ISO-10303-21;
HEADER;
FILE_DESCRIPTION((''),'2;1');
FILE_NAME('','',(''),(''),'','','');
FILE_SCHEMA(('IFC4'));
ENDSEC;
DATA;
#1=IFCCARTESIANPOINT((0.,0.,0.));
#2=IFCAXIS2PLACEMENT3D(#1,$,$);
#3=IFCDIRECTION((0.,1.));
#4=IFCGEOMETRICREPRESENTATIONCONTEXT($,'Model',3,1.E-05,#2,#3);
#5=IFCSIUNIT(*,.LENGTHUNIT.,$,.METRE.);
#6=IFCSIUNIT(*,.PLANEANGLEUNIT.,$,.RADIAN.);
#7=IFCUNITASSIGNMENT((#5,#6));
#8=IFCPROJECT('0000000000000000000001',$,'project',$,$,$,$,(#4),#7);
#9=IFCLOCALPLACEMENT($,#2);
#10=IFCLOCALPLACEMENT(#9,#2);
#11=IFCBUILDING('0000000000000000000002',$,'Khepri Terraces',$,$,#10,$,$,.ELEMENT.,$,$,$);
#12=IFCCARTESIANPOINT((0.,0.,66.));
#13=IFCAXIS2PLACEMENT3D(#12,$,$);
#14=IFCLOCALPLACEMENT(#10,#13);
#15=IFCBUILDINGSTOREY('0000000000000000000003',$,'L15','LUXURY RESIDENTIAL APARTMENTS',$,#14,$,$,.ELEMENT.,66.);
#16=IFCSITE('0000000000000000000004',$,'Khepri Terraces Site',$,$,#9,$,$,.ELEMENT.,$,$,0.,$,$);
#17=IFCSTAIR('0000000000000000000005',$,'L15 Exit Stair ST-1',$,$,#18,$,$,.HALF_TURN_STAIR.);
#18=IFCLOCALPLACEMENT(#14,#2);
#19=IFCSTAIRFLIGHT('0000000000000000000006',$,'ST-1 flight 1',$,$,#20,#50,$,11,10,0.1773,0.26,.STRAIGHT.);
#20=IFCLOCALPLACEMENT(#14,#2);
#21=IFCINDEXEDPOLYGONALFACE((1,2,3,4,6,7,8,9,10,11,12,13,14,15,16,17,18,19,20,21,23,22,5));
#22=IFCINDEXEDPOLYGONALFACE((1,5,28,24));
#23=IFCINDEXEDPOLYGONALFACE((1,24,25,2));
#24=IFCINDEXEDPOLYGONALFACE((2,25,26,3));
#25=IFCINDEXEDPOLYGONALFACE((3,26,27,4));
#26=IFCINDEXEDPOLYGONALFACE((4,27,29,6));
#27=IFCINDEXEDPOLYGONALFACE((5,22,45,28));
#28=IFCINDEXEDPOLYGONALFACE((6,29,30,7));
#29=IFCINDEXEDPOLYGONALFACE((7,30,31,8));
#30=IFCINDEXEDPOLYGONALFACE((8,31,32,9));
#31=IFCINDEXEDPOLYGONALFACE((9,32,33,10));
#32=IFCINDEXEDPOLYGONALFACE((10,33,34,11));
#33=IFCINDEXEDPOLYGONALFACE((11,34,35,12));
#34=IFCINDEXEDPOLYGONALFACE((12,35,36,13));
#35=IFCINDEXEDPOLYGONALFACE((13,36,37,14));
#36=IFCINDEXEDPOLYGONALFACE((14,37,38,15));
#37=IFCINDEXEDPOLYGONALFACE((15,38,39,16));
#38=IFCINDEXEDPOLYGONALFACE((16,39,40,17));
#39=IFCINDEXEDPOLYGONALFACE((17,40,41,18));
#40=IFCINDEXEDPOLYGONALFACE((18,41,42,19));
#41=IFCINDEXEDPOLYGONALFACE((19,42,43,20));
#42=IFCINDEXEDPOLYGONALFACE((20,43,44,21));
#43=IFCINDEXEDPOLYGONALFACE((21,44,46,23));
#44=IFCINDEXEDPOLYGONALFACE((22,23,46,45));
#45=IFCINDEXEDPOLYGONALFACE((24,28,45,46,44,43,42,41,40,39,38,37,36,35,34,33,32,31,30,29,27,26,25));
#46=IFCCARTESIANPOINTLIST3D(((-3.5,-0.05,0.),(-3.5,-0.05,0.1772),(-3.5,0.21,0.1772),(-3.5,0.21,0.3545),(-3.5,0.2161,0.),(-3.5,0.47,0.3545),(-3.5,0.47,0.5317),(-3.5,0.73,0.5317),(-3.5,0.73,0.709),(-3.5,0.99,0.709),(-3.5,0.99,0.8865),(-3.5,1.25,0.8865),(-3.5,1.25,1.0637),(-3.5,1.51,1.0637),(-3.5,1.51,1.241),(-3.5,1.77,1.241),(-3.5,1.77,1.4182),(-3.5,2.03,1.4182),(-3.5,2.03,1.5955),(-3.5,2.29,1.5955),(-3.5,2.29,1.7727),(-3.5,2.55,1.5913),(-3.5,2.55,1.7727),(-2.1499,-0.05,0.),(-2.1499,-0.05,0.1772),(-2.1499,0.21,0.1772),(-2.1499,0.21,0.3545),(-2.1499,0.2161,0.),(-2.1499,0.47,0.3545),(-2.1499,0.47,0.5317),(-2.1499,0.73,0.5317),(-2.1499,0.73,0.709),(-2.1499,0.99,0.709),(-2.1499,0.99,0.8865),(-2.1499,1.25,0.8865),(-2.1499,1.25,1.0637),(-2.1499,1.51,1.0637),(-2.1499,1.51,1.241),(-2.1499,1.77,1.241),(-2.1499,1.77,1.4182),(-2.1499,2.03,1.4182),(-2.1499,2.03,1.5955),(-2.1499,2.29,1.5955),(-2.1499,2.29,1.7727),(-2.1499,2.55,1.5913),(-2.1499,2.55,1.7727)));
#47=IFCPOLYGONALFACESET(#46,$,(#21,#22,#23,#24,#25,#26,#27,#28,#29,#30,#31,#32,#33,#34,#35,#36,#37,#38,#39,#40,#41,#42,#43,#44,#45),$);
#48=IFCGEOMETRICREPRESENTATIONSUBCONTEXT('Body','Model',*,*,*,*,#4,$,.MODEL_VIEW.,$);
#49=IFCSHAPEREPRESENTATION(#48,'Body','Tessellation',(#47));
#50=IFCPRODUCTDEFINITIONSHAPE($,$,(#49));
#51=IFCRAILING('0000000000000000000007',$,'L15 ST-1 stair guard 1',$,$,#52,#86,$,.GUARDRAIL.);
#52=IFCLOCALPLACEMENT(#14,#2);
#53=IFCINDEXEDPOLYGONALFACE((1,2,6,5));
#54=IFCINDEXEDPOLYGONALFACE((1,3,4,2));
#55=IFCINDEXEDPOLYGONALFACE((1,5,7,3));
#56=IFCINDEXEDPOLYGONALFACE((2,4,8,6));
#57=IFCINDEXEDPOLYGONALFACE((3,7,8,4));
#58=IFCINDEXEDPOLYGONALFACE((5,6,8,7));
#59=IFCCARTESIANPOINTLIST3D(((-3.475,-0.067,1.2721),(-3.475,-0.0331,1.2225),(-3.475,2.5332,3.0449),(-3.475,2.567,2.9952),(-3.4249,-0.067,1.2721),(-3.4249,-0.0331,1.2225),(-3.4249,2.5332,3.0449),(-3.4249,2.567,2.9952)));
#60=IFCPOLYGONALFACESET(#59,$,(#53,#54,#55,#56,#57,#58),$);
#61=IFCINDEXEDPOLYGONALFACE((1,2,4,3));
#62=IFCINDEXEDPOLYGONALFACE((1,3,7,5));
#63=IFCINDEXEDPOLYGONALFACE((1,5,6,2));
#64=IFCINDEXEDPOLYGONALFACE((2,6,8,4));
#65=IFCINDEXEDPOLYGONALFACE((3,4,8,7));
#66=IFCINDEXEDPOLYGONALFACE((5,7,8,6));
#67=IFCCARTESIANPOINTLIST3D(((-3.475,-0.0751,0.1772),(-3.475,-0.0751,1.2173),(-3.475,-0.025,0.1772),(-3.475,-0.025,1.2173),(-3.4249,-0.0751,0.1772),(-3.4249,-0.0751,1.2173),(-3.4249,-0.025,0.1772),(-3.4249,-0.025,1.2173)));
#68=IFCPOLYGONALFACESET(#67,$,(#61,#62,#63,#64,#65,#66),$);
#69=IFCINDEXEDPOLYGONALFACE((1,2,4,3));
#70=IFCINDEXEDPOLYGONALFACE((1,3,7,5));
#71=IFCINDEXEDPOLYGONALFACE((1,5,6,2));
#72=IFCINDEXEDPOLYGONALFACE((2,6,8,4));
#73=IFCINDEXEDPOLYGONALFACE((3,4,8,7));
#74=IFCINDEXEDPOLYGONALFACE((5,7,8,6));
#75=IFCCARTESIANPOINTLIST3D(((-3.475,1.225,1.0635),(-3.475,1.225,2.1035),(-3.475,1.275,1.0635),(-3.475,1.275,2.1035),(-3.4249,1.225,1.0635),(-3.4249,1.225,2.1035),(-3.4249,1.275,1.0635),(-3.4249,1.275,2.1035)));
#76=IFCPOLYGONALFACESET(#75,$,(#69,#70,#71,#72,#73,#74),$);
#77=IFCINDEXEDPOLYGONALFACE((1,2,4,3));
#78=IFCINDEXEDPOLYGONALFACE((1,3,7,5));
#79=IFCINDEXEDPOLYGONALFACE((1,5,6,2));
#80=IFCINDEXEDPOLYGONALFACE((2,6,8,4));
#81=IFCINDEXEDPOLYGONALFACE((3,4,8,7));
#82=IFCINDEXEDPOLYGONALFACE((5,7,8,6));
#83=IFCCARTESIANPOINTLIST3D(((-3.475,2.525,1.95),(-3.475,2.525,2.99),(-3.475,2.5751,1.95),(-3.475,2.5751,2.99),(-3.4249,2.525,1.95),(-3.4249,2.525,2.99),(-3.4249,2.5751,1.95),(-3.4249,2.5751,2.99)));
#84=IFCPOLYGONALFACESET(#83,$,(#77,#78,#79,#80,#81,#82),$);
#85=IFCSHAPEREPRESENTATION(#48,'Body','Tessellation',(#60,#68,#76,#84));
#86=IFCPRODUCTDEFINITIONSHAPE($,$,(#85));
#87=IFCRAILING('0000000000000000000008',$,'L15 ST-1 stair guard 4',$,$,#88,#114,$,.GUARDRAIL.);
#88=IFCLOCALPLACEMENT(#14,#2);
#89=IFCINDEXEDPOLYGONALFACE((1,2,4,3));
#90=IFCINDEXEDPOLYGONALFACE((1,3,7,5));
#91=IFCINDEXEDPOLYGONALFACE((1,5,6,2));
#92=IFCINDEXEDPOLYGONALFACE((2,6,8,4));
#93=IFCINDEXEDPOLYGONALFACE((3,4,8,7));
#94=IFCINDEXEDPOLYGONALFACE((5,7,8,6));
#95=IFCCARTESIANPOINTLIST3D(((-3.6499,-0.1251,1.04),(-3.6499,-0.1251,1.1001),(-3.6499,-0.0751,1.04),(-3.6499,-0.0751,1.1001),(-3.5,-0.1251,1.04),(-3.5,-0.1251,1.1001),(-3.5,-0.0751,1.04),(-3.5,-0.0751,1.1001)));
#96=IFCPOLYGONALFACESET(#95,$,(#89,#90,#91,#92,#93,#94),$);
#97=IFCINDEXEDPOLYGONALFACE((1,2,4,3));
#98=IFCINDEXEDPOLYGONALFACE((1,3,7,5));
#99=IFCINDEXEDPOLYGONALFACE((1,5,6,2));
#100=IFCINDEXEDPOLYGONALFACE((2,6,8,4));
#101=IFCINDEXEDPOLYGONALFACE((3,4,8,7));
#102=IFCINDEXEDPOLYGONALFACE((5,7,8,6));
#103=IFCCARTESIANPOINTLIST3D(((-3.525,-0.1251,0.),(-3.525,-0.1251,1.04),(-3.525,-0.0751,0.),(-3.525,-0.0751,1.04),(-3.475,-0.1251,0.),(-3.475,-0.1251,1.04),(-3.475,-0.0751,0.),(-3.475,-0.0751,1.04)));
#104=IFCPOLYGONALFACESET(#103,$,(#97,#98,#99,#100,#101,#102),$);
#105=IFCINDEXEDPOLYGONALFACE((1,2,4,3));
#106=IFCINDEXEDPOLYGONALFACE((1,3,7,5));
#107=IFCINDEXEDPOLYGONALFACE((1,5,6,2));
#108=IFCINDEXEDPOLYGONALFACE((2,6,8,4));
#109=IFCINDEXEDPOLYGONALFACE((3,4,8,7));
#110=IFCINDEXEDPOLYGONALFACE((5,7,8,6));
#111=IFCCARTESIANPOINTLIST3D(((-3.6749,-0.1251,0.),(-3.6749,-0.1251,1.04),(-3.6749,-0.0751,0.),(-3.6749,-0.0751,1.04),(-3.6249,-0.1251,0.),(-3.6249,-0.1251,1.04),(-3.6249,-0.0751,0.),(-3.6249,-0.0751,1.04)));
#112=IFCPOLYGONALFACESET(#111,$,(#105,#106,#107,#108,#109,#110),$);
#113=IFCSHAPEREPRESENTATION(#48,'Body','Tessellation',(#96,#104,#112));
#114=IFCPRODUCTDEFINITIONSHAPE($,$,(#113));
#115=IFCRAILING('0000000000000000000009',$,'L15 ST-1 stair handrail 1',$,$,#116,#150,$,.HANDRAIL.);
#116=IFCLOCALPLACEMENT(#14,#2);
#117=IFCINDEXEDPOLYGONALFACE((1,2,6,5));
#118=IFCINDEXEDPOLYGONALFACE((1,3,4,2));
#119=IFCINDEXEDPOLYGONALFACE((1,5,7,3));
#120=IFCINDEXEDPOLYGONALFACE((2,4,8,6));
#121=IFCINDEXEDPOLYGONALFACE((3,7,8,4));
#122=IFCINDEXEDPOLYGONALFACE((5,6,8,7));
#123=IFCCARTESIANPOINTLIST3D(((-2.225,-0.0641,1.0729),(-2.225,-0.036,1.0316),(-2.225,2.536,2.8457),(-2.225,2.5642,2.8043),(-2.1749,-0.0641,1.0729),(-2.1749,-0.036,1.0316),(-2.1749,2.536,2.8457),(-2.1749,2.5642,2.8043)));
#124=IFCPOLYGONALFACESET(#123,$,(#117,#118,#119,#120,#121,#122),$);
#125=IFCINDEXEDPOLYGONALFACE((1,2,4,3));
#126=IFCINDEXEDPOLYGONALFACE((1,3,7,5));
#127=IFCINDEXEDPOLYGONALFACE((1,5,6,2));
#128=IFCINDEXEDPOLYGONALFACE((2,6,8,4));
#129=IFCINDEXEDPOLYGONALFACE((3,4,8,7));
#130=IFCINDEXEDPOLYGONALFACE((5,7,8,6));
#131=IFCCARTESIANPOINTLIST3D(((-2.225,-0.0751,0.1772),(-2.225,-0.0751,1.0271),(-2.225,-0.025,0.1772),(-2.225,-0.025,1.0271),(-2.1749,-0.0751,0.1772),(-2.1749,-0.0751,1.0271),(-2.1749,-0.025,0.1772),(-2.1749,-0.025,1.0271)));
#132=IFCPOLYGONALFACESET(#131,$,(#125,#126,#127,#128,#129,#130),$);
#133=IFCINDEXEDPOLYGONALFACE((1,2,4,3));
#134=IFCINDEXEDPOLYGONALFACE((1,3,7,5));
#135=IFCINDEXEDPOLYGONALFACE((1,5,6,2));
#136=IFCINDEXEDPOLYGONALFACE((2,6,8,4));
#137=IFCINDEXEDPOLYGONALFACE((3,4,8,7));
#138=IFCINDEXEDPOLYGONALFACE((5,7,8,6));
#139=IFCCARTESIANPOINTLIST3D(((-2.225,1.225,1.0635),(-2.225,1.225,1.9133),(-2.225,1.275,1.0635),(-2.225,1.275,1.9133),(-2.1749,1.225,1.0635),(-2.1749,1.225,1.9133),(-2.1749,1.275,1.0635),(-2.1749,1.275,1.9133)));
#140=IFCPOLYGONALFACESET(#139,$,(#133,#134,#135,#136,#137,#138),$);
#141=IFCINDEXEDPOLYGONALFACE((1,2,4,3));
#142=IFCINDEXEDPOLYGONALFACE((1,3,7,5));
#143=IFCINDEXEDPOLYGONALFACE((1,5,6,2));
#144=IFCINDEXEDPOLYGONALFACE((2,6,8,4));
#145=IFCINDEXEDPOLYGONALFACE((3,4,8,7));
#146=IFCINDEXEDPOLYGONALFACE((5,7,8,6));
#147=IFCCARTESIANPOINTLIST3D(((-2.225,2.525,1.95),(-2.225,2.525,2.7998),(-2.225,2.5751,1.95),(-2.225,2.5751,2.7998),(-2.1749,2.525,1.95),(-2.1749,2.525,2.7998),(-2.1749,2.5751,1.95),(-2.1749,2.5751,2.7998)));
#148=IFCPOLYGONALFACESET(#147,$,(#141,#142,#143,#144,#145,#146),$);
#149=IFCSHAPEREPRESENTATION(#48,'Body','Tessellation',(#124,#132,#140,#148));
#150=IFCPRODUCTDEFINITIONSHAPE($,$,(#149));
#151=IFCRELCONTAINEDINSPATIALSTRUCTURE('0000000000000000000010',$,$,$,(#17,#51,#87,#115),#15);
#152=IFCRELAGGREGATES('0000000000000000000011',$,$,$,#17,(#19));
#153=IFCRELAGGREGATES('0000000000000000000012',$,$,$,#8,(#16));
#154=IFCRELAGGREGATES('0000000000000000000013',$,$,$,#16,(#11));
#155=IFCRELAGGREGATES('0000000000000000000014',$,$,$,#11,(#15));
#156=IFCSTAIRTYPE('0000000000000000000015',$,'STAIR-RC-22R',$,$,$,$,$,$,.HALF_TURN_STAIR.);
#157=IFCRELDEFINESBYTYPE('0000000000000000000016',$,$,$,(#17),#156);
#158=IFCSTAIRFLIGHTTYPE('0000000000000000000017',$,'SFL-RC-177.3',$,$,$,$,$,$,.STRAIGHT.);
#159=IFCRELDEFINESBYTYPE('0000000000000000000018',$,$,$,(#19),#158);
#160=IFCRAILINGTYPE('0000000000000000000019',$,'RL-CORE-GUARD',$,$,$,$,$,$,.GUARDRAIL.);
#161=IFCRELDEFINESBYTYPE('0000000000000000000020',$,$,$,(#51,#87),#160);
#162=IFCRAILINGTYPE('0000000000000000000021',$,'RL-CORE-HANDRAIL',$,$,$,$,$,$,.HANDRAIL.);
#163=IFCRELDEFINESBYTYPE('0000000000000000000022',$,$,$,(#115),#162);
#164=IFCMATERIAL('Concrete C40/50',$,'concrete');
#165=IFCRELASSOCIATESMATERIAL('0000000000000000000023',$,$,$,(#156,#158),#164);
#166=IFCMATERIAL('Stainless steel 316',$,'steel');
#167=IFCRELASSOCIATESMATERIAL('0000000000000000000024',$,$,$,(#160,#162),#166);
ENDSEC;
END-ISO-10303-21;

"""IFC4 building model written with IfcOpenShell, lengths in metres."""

from ifc_helpers import new_model, si_unit, direction, frame, origin, origin_2d, place, context, subcontext, project, spatial, polyline, rectangle, outline, extrude, material, type_object, element, aggregate, save


model = new_model("IFC4")

# Units and contexts
model_context = context("Model", 3, precision=1e-05, world=origin(), true_north=direction((0.0, 1.0)))
body_context = subcontext(model_context, "Body", "Model", "MODEL_VIEW")
ifc_project = project(units=[si_unit("LENGTHUNIT", "METRE"), si_unit("PLANEANGLEUNIT", "RADIAN")], contexts=[model_context])

# Site, building, storey
site_placement = place(None, origin())
site = spatial("IfcSite", under=ifc_project, at=site_placement, Name="Khepri Terraces Site", CompositionType="ELEMENT", RefElevation=0.0)
building_placement = place(site_placement, origin())
building = spatial("IfcBuilding", under=site, at=building_placement, Name="Khepri Terraces", CompositionType="ELEMENT")
storey_placement = place(building_placement, frame((0.0, 0.0, 66.0)))
storey = spatial("IfcBuildingStorey", under=building, at=storey_placement, Name="L15", Description="LUXURY RESIDENTIAL APARTMENTS", CompositionType="ELEMENT", Elevation=66.0)

# Stair, stair flight
ifc_material_1 = material(Name="Concrete C40/50", Category="concrete")
stair_type = type_object("IfcStairType", Name="STAIR-RC-22R", PredefinedType="HALF_TURN_STAIR", material=ifc_material_1)
stair_placement = place(storey_placement, origin())
stair = element("IfcStair", 1, at=stair_placement, inside=storey, type_object=stair_type, Name="L15 Exit Stair ST-1", PredefinedType="HALF_TURN_STAIR")
stair_flight_type = type_object("IfcStairFlightType", Name="SFL-RC-177.3", PredefinedType="STRAIGHT", material=ifc_material_1)
stair_flight_placement = place(storey_placement, frame((-2.825, -0.05, 0.0), z_axis=(0.0, 0.0, 1.0), x_axis=(0.0, 1.0, 0.0)))
stair_flight = element("IfcStairFlight", 2, at=stair_flight_placement, type_object=stair_flight_type, Name="ST-1 flight 1", NumberOfRisers=11, NumberOfTreads=10, PredefinedType="STRAIGHT", RiserHeight=0.1773, TreadLength=0.26, context=body_context, shape_type="SweptSolid", body=[
    extrude(outline(polyline([(0.0, 0.0), (0.0, 0.1772), (0.26, 0.1772), (0.26, 0.3545), (0.52, 0.3545), (0.52, 0.5317), (0.78, 0.5317), (0.78, 0.709), (1.04, 0.709), (1.04, 0.8865), (1.3, 0.8865), (1.3, 1.0637), (1.5601, 1.0637), (1.5601, 1.241), (1.8201, 1.241), (1.8201, 1.4182), (2.0801, 1.4182), (2.0801, 1.5955), (2.3401, 1.5955), (2.3401, 1.7727), (2.6001, 1.7727), (2.6001, 1.95), (2.6001, 1.5913), (0.2661, 0.0), (0.0, 0.0)])), frame((0.0, 0.675, 0.0), z_axis=(0.0, -1.0, 0.0), x_axis=(1.0, 0.0, 0.0)), (0.0, 0.0, 1.0), 1.3501),
])
aggregate(stair, [stair_flight])

# Railings
ifc_material_2 = material(Name="Stainless steel 316", Category="steel")
railing_type_1 = type_object("IfcRailingType", Name="RL-CORE-GUARD", PredefinedType="GUARDRAIL", material=ifc_material_2)
railing_1_placement = place(storey_placement, frame((-3.45, -0.05, 0.1772)))
element("IfcRailing", 3, at=railing_1_placement, inside=storey, type_object=railing_type_1, Name="L15 ST-1 stair guard 1", PredefinedType="GUARDRAIL", context=body_context, shape_type="SweptSolid", body=[
    extrude(rectangle(XDim=0.05, YDim=0.0601, at=origin_2d()), frame((0.0, 0.0, 1.0701), z_axis=(0.0, 0.82624, 0.563318), x_axis=(-1.0, 0.0, 0.0)), (0.0, 0.0, 1.0), 3.147),
    extrude(rectangle(XDim=0.05, YDim=0.05, at=origin_2d()), origin(), (0.0, 0.0, 1.0), 1.04),
    extrude(rectangle(XDim=0.05, YDim=0.05, at=origin_2d()), frame((0.0, 1.3, 0.8862)), (0.0, 0.0, 1.0), 1.04),
    extrude(rectangle(XDim=0.05, YDim=0.05, at=origin_2d()), frame((0.0, 2.6001, 1.7727)), (0.0, 0.0, 1.0), 1.04),
])
railing_2_placement = place(storey_placement, frame((-3.5, -0.1001, 0.0)))
element("IfcRailing", 4, at=railing_2_placement, inside=storey, type_object=railing_type_1, Name="L15 ST-1 stair guard 4", PredefinedType="GUARDRAIL", context=body_context, shape_type="SweptSolid", body=[
    extrude(rectangle(XDim=0.05, YDim=0.0601, at=origin_2d()), frame((0.0, 0.0, 1.0701), z_axis=(-1.0, 0.0, 0.0), x_axis=(0.0, -1.0, 0.0)), (0.0, 0.0, 1.0), 0.1499),
    extrude(rectangle(XDim=0.05, YDim=0.05, at=origin_2d()), origin(), (0.0, 0.0, 1.0), 1.04),
    extrude(rectangle(XDim=0.05, YDim=0.05, at=origin_2d()), frame((-0.1499, 0.0, 0.0)), (0.0, 0.0, 1.0), 1.04),
])
railing_type_2 = type_object("IfcRailingType", Name="RL-CORE-HANDRAIL", PredefinedType="HANDRAIL", material=ifc_material_2)
railing_3_placement = place(storey_placement, frame((-2.2, -0.05, 0.1772)))
element("IfcRailing", 5, at=railing_3_placement, inside=storey, type_object=railing_type_2, Name="L15 ST-1 stair handrail 1", PredefinedType="HANDRAIL", context=body_context, shape_type="SweptSolid", body=[
    extrude(rectangle(XDim=0.05, YDim=0.05, at=origin_2d()), frame((0.0, 0.0, 0.875), z_axis=(0.0, 0.82624, 0.563318), x_axis=(-1.0, 0.0, 0.0)), (0.0, 0.0, 1.0), 3.147),
    extrude(rectangle(XDim=0.05, YDim=0.05, at=origin_2d()), origin(), (0.0, 0.0, 1.0), 0.8499),
    extrude(rectangle(XDim=0.05, YDim=0.05, at=origin_2d()), frame((0.0, 1.3, 0.8862)), (0.0, 0.0, 1.0), 0.8499),
    extrude(rectangle(XDim=0.05, YDim=0.05, at=origin_2d()), frame((0.0, 2.6001, 1.7727)), (0.0, 0.0, 1.0), 0.8499),
])

save(model, "model.ifc")
